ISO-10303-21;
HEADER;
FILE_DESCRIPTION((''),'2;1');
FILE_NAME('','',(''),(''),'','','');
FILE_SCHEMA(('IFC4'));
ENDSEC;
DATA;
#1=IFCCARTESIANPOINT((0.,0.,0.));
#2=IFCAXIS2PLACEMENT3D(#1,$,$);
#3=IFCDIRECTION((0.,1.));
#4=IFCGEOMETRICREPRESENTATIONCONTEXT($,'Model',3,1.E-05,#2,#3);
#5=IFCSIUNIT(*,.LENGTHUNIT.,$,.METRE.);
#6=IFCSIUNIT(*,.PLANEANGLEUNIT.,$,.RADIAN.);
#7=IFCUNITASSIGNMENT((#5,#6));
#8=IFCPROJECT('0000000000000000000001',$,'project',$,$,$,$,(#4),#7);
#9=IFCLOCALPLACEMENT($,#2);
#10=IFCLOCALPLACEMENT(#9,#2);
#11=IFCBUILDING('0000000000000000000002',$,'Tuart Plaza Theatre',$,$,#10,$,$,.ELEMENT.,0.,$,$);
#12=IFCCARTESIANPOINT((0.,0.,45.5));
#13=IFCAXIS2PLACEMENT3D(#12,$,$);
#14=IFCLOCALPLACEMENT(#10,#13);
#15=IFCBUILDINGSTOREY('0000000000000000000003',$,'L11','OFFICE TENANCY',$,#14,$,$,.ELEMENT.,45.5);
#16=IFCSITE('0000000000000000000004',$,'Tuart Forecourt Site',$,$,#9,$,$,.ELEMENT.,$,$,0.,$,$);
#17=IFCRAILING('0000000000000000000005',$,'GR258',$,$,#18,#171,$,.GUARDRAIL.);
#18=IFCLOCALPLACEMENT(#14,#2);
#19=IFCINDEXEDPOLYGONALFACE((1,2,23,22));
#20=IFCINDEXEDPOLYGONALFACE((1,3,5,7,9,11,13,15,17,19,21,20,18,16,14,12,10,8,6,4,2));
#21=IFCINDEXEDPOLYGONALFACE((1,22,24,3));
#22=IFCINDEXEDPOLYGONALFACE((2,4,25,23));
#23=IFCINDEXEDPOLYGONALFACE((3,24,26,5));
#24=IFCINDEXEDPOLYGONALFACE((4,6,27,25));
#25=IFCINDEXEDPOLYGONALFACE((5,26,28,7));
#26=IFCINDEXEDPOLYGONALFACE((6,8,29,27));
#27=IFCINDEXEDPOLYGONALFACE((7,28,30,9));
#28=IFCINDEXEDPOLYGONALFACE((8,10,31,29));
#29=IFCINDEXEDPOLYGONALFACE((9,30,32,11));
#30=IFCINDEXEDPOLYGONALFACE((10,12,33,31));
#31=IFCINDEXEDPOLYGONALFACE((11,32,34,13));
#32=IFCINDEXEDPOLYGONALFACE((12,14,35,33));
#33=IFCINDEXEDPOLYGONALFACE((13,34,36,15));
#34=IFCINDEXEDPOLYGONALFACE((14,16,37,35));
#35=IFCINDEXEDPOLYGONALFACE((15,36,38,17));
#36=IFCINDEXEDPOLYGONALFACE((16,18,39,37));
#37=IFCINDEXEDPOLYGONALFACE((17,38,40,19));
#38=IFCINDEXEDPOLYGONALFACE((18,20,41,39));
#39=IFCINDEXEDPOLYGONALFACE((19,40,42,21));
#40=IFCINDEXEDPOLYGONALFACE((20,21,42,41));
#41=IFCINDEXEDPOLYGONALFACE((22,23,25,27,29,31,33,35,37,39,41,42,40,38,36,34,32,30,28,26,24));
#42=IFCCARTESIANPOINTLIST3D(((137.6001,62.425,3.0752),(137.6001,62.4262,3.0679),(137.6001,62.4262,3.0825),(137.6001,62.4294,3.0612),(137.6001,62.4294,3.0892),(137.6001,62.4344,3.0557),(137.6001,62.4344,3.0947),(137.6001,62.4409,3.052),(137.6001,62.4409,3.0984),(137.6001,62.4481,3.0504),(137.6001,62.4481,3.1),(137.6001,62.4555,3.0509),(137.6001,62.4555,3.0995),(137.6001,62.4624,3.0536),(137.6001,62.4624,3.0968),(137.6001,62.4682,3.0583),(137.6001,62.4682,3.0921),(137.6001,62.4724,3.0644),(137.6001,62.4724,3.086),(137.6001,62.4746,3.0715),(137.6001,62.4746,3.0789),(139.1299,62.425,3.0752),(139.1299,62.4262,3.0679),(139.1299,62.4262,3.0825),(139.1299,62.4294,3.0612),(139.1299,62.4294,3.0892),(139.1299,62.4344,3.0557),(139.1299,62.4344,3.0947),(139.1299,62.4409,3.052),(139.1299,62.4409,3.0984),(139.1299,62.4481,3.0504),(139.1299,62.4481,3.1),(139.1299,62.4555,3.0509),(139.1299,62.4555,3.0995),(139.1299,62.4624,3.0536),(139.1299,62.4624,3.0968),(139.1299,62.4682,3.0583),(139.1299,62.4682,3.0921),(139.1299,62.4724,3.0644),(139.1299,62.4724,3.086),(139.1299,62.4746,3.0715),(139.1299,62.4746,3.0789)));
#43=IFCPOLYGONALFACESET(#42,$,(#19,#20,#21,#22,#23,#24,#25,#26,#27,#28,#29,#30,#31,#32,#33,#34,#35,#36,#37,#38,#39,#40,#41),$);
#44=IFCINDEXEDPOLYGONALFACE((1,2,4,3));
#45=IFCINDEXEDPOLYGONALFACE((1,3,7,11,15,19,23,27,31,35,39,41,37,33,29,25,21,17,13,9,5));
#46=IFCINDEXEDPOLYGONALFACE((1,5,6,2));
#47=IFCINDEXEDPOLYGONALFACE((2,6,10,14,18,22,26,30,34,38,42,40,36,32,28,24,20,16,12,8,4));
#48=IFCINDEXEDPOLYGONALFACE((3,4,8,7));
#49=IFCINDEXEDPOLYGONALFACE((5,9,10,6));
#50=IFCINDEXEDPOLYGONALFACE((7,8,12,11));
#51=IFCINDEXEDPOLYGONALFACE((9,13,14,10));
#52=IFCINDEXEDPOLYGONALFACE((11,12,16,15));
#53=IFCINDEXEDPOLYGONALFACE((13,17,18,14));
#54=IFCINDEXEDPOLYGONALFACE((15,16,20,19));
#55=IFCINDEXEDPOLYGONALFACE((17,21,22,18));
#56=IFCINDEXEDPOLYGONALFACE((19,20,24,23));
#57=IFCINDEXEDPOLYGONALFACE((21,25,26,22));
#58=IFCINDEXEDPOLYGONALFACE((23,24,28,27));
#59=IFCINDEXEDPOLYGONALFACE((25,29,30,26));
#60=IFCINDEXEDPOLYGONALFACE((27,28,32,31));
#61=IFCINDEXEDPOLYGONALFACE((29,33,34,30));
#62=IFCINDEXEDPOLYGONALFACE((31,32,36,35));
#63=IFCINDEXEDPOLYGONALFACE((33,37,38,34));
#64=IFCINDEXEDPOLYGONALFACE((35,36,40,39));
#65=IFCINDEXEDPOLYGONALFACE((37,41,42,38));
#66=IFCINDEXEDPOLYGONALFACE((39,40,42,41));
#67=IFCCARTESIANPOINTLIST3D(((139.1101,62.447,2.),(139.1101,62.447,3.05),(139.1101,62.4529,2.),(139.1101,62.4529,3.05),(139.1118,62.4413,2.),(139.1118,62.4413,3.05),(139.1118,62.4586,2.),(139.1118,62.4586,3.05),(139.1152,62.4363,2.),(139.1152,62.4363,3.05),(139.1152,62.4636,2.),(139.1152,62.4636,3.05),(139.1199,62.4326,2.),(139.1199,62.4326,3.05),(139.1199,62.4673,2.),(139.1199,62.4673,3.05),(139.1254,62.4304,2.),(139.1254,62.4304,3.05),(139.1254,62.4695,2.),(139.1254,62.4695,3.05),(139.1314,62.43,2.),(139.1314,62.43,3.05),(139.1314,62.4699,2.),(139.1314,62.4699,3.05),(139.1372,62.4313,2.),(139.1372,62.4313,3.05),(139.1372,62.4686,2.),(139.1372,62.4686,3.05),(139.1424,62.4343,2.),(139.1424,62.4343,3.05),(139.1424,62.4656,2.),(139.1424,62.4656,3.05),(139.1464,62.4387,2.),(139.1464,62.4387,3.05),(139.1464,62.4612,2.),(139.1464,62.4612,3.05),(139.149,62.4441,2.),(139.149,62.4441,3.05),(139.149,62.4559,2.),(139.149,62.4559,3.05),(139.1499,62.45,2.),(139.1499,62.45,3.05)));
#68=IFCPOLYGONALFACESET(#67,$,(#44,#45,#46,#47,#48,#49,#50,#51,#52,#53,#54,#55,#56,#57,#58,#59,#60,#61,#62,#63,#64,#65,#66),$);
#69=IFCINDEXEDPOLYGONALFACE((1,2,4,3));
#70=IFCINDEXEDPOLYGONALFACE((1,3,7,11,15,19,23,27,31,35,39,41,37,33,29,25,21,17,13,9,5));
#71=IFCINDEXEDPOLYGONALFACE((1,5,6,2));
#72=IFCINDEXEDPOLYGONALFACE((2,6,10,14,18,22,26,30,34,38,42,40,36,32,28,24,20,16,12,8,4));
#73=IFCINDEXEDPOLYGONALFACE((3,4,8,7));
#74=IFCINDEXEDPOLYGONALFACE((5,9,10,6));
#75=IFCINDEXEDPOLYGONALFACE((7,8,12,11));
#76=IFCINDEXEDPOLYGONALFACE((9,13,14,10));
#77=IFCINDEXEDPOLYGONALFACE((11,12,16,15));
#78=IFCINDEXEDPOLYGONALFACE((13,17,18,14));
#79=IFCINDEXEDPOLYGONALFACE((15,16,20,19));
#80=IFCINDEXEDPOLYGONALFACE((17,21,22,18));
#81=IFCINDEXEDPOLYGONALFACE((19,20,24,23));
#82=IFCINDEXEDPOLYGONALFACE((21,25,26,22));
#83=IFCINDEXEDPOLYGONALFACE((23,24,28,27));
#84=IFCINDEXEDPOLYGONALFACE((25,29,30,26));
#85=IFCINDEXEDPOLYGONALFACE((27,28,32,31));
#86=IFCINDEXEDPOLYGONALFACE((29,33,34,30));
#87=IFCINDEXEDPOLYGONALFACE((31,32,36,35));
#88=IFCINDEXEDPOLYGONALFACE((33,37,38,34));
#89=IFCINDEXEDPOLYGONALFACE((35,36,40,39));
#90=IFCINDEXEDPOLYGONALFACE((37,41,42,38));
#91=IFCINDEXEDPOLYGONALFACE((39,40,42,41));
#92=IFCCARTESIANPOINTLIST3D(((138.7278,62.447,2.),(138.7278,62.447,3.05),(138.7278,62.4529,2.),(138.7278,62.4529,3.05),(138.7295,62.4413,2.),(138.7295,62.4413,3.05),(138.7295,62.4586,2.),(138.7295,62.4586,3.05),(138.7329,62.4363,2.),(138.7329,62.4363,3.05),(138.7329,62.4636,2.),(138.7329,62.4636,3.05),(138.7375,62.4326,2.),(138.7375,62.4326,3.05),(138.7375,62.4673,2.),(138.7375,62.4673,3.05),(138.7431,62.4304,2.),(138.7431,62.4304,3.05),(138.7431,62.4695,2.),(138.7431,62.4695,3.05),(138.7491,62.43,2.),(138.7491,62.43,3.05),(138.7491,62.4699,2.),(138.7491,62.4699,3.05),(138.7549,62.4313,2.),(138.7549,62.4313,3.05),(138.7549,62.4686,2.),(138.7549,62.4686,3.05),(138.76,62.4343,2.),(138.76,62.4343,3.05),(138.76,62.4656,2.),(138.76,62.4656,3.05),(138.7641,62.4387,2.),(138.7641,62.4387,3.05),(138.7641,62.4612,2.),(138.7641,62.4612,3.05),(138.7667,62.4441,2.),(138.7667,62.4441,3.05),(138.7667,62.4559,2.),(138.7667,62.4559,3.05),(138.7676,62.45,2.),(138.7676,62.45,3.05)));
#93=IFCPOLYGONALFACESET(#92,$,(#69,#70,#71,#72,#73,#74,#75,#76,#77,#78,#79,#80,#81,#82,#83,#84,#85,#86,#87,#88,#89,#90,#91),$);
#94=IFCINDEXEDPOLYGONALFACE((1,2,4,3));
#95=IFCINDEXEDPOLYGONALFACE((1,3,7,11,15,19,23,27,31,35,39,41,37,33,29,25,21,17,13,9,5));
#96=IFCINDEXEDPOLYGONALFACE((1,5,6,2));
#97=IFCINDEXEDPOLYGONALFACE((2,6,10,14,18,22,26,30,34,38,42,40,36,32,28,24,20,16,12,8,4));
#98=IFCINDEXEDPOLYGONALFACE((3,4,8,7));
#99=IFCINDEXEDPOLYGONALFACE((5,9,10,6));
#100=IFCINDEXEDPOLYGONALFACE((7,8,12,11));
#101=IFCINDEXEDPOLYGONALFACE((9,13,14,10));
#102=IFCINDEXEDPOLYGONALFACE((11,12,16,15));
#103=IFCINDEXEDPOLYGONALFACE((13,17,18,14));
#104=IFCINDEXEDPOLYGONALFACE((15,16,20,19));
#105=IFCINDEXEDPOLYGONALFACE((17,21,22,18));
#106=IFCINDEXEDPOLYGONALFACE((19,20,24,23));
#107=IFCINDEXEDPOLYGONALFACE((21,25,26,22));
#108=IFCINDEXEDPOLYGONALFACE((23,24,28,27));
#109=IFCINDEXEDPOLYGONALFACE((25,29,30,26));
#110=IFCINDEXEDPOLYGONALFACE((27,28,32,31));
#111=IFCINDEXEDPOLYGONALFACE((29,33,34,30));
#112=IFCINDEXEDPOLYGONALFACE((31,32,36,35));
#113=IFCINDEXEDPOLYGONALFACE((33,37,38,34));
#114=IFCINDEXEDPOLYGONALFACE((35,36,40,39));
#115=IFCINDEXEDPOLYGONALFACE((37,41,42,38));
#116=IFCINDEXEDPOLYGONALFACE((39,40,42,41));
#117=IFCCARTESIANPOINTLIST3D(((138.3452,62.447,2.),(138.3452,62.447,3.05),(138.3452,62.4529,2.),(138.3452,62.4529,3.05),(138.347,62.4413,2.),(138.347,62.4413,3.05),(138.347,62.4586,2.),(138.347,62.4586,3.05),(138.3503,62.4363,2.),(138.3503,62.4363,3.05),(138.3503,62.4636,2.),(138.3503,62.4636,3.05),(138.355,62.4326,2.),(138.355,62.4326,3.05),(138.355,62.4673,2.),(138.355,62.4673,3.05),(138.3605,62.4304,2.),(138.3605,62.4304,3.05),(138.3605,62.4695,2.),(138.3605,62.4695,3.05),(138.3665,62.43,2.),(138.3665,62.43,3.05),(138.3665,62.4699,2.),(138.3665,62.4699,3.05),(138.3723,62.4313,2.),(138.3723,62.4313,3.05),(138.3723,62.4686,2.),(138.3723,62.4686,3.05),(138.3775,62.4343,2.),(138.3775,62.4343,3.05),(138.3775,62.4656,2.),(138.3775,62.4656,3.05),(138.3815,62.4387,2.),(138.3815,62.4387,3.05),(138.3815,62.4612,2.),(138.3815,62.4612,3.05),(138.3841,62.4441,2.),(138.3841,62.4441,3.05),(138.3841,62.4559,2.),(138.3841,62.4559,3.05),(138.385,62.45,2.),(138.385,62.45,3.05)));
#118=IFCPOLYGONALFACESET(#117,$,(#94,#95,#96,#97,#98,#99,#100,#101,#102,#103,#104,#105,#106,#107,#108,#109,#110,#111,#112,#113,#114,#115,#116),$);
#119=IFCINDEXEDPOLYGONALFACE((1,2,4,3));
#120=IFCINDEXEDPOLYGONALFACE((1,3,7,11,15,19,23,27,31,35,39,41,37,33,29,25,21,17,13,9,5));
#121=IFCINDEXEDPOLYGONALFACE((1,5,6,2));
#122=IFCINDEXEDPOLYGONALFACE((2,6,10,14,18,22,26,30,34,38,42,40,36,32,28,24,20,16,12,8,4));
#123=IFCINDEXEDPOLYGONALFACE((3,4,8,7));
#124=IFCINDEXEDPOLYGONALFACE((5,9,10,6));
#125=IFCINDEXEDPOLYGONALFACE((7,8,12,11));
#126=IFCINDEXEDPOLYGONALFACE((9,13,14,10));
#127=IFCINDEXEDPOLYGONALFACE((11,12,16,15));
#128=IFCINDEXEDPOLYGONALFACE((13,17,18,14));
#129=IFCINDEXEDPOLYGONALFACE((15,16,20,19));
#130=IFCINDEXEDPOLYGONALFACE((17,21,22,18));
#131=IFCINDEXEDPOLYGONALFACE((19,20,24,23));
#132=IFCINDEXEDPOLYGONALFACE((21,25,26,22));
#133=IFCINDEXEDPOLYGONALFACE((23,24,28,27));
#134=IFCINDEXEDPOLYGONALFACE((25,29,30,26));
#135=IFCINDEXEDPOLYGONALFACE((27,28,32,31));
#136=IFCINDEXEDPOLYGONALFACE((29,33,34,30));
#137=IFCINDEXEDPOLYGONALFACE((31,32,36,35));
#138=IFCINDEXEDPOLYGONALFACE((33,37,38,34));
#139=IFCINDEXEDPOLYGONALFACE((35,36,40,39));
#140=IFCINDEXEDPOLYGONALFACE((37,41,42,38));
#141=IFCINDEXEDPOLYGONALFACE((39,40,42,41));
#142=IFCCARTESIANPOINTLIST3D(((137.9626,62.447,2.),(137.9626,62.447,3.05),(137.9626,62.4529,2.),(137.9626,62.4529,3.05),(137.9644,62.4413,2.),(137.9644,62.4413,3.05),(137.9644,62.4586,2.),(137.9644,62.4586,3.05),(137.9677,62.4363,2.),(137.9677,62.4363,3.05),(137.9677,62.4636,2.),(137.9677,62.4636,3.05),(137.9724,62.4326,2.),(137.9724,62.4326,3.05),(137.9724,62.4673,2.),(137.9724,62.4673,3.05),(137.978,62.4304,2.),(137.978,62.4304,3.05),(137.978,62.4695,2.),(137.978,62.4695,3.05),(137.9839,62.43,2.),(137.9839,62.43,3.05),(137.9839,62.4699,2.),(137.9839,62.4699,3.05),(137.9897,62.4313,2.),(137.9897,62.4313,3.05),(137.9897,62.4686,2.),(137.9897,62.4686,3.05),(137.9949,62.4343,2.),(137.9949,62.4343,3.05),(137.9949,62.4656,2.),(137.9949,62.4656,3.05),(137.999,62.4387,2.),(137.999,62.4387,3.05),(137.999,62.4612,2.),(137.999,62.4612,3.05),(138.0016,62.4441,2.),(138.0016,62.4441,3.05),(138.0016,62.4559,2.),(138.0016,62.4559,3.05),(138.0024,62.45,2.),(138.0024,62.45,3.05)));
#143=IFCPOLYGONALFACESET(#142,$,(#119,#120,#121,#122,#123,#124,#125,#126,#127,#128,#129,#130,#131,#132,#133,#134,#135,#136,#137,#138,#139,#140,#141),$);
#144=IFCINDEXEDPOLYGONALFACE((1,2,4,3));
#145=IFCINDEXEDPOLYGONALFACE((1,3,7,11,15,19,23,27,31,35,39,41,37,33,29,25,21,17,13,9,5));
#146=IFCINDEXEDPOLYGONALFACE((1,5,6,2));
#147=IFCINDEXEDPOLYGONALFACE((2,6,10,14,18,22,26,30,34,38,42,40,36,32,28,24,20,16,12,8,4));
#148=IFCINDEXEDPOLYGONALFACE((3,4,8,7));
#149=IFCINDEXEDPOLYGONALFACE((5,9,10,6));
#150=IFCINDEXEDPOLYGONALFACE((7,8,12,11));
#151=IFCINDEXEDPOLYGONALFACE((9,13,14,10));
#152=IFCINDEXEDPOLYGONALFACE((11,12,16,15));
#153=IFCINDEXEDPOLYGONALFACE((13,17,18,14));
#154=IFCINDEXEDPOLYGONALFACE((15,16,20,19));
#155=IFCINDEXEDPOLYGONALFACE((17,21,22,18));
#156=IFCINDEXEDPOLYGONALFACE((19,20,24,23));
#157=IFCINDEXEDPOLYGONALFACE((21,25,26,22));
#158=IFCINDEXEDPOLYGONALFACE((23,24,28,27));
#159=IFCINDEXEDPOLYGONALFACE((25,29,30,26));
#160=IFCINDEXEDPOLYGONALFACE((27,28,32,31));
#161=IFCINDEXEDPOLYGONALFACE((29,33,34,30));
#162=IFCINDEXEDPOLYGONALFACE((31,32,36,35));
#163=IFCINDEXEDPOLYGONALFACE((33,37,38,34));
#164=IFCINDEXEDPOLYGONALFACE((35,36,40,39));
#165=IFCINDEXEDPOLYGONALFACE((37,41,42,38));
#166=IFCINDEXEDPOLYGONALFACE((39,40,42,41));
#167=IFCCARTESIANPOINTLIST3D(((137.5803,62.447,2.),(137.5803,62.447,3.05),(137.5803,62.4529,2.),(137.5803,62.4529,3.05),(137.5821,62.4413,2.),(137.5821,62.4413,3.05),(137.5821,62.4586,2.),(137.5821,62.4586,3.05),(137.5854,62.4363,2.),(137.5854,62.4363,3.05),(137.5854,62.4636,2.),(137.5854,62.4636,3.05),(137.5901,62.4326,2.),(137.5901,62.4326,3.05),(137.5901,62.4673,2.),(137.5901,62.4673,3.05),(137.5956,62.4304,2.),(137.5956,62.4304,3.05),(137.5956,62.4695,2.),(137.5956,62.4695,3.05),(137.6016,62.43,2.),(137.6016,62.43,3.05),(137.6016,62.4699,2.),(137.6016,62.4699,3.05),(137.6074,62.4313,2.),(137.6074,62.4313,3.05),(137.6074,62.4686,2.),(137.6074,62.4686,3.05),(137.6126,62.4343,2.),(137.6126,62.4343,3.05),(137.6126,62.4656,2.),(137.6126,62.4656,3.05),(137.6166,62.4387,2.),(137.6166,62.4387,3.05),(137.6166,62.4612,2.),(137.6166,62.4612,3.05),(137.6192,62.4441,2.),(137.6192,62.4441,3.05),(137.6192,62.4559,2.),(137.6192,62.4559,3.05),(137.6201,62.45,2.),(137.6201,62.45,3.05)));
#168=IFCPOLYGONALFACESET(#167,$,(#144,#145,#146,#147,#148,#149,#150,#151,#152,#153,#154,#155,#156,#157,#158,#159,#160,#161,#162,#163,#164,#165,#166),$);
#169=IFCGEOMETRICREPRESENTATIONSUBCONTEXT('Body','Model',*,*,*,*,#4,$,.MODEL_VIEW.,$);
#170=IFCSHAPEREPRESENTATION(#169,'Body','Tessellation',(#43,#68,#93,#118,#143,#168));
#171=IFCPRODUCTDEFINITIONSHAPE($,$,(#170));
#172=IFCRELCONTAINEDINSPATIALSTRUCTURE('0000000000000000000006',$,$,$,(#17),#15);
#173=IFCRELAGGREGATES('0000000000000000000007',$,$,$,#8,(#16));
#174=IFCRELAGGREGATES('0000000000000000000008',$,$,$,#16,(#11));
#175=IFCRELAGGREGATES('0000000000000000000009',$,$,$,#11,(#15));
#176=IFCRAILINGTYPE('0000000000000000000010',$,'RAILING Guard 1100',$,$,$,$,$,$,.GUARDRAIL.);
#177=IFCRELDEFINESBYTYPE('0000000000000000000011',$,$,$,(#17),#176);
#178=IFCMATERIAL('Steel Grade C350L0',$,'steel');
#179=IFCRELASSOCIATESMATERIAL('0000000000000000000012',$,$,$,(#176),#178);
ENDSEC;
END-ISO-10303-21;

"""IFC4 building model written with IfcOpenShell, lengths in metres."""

from ifc_helpers import new_model, si_unit, direction, frame, origin, origin_2d, place, context, subcontext, project, spatial, circle, extrude, material, type_object, element, save


model = new_model("IFC4")

# Units and contexts
model_context = context("Model", 3, precision=1e-05, world=origin(), true_north=direction((0.0, 1.0)))
body_context = subcontext(model_context, "Body", "Model", "MODEL_VIEW")
ifc_project = project(units=[si_unit("LENGTHUNIT", "METRE"), si_unit("PLANEANGLEUNIT", "RADIAN")], contexts=[model_context])

# Site, building, storey
site_placement = place(None, origin())
site = spatial("IfcSite", under=ifc_project, at=site_placement, Name="Tuart Forecourt Site", CompositionType="ELEMENT", RefElevation=0.0)
building_placement = place(site_placement, origin())
building = spatial("IfcBuilding", under=site, at=building_placement, Name="Tuart Plaza Theatre", CompositionType="ELEMENT", ElevationOfRefHeight=0.0)
storey_placement = place(building_placement, frame((0.0, 0.0, 45.5)))
storey = spatial("IfcBuildingStorey", under=building, at=storey_placement, Name="L11", Description="OFFICE TENANCY", CompositionType="ELEMENT", Elevation=45.5)

# Railing
ifc_material_1 = material(Name="Steel Grade C350L0", Category="steel")
railing_type_1 = type_object("IfcRailingType", Name="RAILING Guard 1100", PredefinedType="GUARDRAIL", material=ifc_material_1)
railing_1_placement = place(storey_placement, frame((139.1299, 62.45, 2.0)))
element("IfcRailing", 1, at=railing_1_placement, inside=storey, type_object=railing_type_1, Name="GR258", PredefinedType="GUARDRAIL", context=body_context, shape_type="SweptSolid", body=[
    extrude(circle(Radius=0.0249, at=origin_2d()), frame((0.0, 0.0, 1.0752), z_axis=(-1.0, 0.0, 0.0), x_axis=(0.0, -1.0, 0.0)), (0.0, 0.0, 1.0), 1.5298),
    extrude(circle(Radius=0.02, at=origin_2d()), origin(), (0.0, 0.0, 1.0), 1.05),
    extrude(circle(Radius=0.02, at=origin_2d()), frame((-0.3823, 0.0, 0.0)), (0.0, 0.0, 1.0), 1.05),
    extrude(circle(Radius=0.02, at=origin_2d()), frame((-0.7649, 0.0, 0.0)), (0.0, 0.0, 1.0), 1.05),
    extrude(circle(Radius=0.02, at=origin_2d()), frame((-1.1475, 0.0, 0.0)), (0.0, 0.0, 1.0), 1.05),
    extrude(circle(Radius=0.02, at=origin_2d()), frame((-1.5298, 0.0, 0.0)), (0.0, 0.0, 1.0), 1.05),
])

save(model, "model.ifc")
